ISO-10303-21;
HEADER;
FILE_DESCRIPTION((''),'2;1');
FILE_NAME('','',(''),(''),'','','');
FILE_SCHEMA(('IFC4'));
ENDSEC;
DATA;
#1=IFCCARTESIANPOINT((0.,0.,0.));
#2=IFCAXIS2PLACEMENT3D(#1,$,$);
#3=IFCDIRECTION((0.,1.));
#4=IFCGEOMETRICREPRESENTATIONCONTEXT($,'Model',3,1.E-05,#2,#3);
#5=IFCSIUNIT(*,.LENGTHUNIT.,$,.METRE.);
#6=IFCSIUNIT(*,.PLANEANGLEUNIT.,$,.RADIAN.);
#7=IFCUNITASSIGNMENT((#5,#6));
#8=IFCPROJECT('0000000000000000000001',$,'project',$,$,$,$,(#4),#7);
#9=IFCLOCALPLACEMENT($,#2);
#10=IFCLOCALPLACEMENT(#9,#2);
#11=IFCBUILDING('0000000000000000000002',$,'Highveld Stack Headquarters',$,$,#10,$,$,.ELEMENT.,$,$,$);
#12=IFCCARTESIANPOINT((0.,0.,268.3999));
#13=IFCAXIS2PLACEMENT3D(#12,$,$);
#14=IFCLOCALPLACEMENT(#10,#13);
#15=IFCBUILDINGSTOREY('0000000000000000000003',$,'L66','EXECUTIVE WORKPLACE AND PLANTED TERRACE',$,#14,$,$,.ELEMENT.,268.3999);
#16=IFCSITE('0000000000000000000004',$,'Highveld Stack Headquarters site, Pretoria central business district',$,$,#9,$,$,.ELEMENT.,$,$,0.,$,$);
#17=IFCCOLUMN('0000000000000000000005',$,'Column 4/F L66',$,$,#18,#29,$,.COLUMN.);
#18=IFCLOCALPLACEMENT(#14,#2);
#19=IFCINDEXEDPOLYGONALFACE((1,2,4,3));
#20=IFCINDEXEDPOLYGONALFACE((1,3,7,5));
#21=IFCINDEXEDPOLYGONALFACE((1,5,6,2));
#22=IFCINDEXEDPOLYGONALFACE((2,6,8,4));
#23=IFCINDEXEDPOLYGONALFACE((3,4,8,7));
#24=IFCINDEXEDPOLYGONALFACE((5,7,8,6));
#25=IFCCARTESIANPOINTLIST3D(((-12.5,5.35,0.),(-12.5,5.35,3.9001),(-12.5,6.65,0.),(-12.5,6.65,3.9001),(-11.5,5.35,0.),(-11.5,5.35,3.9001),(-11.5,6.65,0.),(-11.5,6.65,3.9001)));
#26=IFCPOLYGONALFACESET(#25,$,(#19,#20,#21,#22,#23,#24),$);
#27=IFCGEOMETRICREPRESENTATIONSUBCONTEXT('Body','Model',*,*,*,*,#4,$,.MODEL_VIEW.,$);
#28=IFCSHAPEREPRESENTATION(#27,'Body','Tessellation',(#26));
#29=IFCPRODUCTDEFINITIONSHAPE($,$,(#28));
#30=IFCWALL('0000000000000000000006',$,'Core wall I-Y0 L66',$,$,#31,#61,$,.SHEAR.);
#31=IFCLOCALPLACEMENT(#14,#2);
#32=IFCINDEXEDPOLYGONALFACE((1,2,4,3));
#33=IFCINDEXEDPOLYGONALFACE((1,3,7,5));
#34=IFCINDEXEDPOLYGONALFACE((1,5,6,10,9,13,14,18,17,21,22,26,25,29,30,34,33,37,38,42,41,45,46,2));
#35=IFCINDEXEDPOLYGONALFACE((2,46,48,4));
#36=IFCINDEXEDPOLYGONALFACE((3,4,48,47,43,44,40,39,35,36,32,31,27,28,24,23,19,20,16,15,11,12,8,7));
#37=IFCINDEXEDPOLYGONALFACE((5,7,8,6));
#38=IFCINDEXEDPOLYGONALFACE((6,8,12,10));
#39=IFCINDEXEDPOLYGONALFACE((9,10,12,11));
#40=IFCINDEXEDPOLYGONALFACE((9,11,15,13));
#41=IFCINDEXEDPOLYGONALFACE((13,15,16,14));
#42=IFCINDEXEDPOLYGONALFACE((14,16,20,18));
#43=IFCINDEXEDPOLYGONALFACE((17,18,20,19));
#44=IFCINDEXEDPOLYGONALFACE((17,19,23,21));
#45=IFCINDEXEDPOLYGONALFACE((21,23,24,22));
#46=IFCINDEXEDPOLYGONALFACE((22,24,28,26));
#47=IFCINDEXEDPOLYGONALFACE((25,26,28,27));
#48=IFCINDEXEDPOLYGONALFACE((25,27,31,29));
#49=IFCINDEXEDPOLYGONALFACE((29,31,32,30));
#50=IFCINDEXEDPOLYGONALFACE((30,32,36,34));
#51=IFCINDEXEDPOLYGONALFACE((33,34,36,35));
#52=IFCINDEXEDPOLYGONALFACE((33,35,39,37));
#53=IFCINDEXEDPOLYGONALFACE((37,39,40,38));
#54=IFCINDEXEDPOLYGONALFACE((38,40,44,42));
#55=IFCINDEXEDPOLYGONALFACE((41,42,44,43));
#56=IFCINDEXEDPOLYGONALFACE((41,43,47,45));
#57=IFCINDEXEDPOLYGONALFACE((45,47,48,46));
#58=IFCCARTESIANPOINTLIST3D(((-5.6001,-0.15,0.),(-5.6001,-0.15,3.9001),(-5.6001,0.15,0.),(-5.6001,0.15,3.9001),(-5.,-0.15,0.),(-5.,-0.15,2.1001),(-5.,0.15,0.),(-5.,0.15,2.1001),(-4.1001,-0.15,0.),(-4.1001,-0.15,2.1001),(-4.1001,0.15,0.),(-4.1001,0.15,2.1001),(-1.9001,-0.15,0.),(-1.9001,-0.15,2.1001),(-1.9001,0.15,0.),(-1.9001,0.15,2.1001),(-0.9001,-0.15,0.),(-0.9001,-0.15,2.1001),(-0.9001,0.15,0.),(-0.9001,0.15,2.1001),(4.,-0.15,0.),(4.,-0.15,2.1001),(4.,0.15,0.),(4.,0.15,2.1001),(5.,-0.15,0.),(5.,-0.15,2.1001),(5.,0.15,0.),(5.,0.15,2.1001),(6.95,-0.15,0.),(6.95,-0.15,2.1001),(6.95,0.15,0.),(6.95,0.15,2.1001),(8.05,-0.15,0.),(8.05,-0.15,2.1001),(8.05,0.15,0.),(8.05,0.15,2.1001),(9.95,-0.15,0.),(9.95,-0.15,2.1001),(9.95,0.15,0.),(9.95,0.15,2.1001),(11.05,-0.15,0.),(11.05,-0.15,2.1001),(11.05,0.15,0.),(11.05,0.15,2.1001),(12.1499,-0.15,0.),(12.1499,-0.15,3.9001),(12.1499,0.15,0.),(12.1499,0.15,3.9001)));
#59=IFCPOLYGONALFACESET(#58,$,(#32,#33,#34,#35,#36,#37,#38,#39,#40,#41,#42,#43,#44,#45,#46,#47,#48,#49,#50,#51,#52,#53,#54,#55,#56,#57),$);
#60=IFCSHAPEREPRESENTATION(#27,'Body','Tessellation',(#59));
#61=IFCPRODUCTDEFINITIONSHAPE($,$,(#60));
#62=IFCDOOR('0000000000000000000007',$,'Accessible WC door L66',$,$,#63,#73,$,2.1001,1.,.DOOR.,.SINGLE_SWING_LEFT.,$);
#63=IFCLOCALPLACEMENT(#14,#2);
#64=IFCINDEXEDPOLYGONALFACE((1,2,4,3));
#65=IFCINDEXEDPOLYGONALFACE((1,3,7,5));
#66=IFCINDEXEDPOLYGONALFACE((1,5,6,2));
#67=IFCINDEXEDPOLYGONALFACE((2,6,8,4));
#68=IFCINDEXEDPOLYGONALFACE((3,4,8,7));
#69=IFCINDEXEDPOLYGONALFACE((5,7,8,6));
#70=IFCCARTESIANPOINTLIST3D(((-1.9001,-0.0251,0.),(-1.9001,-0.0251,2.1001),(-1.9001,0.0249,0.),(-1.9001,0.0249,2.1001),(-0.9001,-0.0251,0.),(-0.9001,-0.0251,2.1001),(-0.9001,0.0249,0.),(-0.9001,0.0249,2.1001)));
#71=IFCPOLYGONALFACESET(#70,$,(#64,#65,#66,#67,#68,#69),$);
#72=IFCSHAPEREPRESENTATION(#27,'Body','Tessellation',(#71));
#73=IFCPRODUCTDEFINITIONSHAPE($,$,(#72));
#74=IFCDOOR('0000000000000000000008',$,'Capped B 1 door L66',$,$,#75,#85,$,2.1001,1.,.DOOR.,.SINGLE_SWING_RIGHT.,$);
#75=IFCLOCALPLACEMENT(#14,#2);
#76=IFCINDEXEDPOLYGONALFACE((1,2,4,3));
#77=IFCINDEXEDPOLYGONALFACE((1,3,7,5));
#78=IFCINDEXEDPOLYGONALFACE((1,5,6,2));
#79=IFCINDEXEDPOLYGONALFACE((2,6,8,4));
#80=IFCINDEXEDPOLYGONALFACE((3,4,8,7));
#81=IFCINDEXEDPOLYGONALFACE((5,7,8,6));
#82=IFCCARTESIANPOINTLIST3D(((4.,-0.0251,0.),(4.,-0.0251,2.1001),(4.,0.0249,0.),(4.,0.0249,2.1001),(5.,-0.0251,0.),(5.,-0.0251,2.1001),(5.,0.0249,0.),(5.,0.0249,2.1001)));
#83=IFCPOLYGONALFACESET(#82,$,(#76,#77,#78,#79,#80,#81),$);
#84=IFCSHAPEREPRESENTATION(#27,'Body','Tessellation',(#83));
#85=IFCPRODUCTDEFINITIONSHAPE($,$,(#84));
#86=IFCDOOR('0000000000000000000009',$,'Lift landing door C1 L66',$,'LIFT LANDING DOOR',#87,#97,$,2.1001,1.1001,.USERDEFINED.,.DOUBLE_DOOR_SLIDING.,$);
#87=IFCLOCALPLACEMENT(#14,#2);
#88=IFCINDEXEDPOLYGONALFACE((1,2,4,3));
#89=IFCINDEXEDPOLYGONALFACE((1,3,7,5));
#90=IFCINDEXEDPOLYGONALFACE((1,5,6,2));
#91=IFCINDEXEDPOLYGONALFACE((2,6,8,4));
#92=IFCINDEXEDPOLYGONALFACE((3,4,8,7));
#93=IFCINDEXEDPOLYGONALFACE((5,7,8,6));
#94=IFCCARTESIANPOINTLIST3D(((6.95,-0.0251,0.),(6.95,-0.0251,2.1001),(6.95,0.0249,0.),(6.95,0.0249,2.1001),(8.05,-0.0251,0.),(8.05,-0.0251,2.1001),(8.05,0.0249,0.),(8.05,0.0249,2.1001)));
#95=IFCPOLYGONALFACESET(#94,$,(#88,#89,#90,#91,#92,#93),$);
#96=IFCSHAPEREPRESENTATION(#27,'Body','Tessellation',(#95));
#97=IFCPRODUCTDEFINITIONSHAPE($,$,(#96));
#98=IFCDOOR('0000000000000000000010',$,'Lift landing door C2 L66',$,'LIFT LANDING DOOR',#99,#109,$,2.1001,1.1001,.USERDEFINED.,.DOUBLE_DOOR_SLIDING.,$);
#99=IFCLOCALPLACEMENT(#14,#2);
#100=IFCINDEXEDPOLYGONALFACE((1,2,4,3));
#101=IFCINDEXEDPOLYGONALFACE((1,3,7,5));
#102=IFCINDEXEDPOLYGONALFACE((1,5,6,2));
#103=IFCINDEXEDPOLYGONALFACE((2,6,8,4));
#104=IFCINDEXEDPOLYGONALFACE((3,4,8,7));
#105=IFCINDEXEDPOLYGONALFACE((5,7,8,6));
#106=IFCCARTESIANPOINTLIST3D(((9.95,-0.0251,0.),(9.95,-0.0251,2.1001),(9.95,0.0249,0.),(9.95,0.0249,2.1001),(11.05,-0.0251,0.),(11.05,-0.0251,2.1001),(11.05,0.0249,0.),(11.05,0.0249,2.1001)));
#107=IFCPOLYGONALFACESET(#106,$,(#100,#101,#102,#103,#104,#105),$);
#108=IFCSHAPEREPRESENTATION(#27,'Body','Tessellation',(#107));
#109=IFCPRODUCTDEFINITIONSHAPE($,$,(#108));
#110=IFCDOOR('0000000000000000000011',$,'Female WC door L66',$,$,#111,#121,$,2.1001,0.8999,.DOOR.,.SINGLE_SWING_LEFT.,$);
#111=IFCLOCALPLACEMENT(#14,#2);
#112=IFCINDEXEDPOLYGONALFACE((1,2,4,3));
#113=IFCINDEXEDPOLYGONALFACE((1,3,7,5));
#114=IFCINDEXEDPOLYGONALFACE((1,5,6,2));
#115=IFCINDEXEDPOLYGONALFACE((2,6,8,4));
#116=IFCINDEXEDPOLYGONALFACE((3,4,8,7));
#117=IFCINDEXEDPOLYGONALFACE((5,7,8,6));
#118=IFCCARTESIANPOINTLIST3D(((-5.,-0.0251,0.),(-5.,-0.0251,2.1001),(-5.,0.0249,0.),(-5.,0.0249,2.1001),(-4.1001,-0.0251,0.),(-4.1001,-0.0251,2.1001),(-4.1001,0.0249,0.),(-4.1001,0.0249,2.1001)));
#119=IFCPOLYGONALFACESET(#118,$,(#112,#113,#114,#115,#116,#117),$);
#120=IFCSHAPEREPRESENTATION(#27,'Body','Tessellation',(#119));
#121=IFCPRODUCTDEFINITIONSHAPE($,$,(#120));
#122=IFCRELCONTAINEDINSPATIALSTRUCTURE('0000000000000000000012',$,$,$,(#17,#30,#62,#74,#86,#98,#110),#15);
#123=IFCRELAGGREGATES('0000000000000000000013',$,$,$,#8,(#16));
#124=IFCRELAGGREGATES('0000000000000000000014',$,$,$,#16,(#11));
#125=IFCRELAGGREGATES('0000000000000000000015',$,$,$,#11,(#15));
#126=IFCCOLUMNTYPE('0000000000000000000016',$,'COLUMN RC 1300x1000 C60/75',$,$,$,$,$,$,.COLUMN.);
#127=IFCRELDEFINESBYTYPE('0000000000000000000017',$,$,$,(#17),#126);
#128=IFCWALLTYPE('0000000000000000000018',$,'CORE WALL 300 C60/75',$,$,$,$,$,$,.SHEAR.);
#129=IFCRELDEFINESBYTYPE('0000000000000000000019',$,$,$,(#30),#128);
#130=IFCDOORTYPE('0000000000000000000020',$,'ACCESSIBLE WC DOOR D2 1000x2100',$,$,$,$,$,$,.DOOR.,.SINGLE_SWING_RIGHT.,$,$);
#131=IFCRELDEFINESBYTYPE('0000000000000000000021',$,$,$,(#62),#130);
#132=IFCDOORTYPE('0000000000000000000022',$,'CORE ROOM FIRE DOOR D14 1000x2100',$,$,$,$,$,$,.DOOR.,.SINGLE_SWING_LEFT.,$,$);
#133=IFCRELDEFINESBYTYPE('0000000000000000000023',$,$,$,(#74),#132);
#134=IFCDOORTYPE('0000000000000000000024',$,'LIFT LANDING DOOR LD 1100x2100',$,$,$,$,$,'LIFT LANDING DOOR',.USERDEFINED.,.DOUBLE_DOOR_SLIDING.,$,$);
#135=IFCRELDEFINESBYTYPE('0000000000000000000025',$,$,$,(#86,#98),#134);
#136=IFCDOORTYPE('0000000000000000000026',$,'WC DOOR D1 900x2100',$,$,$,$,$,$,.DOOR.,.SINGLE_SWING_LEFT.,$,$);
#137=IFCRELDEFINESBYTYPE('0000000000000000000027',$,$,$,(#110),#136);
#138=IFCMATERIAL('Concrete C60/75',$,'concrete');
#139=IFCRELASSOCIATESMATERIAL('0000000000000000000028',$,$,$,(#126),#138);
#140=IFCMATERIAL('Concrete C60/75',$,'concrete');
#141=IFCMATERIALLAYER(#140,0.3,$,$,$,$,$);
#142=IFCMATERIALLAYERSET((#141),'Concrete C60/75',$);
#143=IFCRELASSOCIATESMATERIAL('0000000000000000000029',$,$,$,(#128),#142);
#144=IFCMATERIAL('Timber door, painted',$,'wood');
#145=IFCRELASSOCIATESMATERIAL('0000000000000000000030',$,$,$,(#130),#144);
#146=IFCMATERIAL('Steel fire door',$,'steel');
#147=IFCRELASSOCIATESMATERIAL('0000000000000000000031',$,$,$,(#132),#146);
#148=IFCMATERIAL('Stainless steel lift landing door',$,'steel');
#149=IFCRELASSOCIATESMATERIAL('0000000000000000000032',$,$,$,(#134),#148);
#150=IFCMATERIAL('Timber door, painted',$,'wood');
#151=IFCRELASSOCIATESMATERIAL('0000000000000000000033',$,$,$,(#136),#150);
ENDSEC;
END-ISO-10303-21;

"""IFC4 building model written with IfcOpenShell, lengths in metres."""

from ifc_helpers import new_model, si_unit, direction, frame, frame_2d, origin, origin_2d, place, context, subcontext, project, spatial, rectangle, extrude, material, layer, layer_set, material_profile, profile_set, type_object, element, fill, save


model = new_model("IFC4")

# Units and contexts
model_context = context("Model", 3, precision=1e-05, world=origin(), true_north=direction((0.0, 1.0)))
body_context = subcontext(model_context, "Body", "Model", "MODEL_VIEW")
ifc_project = project(units=[si_unit("LENGTHUNIT", "METRE"), si_unit("PLANEANGLEUNIT", "RADIAN")], contexts=[model_context])

# Site, building, storey
site_placement = place(None, origin())
site = spatial("IfcSite", under=ifc_project, at=site_placement, Name="Highveld Stack Headquarters site, Pretoria central business district", CompositionType="ELEMENT", RefElevation=0.0)
building_placement = place(site_placement, origin())
building = spatial("IfcBuilding", under=site, at=building_placement, Name="Highveld Stack Headquarters", CompositionType="ELEMENT")
storey_placement = place(building_placement, frame((0.0, 0.0, 268.3999)))
storey = spatial("IfcBuildingStorey", under=building, at=storey_placement, Name="L66", Description="EXECUTIVE WORKPLACE AND PLANTED TERRACE", CompositionType="ELEMENT", Elevation=268.3999)

# Column
ifc_material_1 = material(Name="Concrete C60/75", Category="concrete")
ifc_material_profile = material_profile(ifc_material_1, rectangle(XDim=1.3, YDim=1.0, at=origin_2d()), Name="RC 1300x1000")
ifc_profile_set = profile_set([ifc_material_profile], Name="Concrete C60/75")
column_type = type_object("IfcColumnType", Name="COLUMN RC 1300x1000 C60/75", PredefinedType="COLUMN", material=ifc_profile_set)
column_placement = place(storey_placement, frame((-12.0, 6.0, 0.0), z_axis=(0.0, 0.0, 1.0), x_axis=(0.0, 1.0, 0.0)))
element("IfcColumn", 1, at=column_placement, inside=storey, type_object=column_type, Name="Column 4/F L66", PredefinedType="COLUMN", context=body_context, shape_type="SweptSolid", body=[
    extrude(rectangle(XDim=1.3, YDim=1.0, at=origin_2d()), origin(), (0.0, 0.0, 1.0), 3.9001),
])

# Wall, openings, doors
ifc_material_2 = material(Name="Concrete C60/75", Category="concrete")
ifc_layer_1 = layer(ifc_material_2, 0.3)
ifc_layer_set_1 = layer_set([ifc_layer_1], Name="Concrete C60/75")
wall_type_1 = type_object("IfcWallType", Name="CORE WALL 300 C60/75", PredefinedType="SHEAR", material=ifc_layer_set_1)
wall_1_placement = place(storey_placement, frame((-5.6001, 0.0, 0.0), z_axis=(0.0, 0.0, 1.0), x_axis=(1.0, 0.0, 0.0)))
wall_1 = element("IfcWall", 2, at=wall_1_placement, inside=storey, type_object=wall_type_1, Name="Core wall I-Y0 L66", PredefinedType="SHEAR", context=body_context, shape_type="SweptSolid", body=[
    extrude(rectangle(XDim=17.75, YDim=0.3, at=frame_2d((8.875, 0.0))), origin(), (0.0, 0.0, 1.0), 3.9001),
])
opening_1_placement = place(wall_1_placement, frame((0.6001, 0.0, 0.0)))
opening_1 = element("IfcOpeningElement", 3, at=opening_1_placement, cuts=wall_1, PredefinedType="OPENING", context=body_context, shape_type="SweptSolid", body=[
    extrude(rectangle(XDim=0.8999, YDim=2.1001, at=frame_2d((0.45, 1.05))), frame((0.0, 0.1599, 0.0), z_axis=(0.0, -1.0, 0.0), x_axis=(1.0, 0.0, 0.0)), (0.0, 0.0, 1.0), 0.3201),
])
opening_2_placement = place(wall_1_placement, frame((3.7, 0.0, 0.0)))
opening_2 = element("IfcOpeningElement", 4, at=opening_2_placement, cuts=wall_1, PredefinedType="OPENING", context=body_context, shape_type="SweptSolid", body=[
    extrude(rectangle(XDim=1.0, YDim=2.1001, at=frame_2d((0.5, 1.05))), frame((0.0, 0.1599, 0.0), z_axis=(0.0, -1.0, 0.0), x_axis=(1.0, 0.0, 0.0)), (0.0, 0.0, 1.0), 0.3201),
])
opening_3_placement = place(wall_1_placement, frame((9.6001, 0.0, 0.0)))
opening_3 = element("IfcOpeningElement", 5, at=opening_3_placement, cuts=wall_1, PredefinedType="OPENING", context=body_context, shape_type="SweptSolid", body=[
    extrude(rectangle(XDim=1.0, YDim=2.1001, at=frame_2d((0.5, 1.05))), frame((0.0, 0.1599, 0.0), z_axis=(0.0, -1.0, 0.0), x_axis=(1.0, 0.0, 0.0)), (0.0, 0.0, 1.0), 0.3201),
])
opening_4_placement = place(wall_1_placement, frame((12.55, 0.0, 0.0)))
opening_4 = element("IfcOpeningElement", 6, at=opening_4_placement, cuts=wall_1, PredefinedType="OPENING", context=body_context, shape_type="SweptSolid", body=[
    extrude(rectangle(XDim=1.1001, YDim=2.1001, at=frame_2d((0.55, 1.05))), frame((0.0, 0.1599, 0.0), z_axis=(0.0, -1.0, 0.0), x_axis=(1.0, 0.0, 0.0)), (0.0, 0.0, 1.0), 0.3201),
])
opening_5_placement = place(wall_1_placement, frame((15.55, 0.0, 0.0)))
opening_5 = element("IfcOpeningElement", 7, at=opening_5_placement, cuts=wall_1, PredefinedType="OPENING", context=body_context, shape_type="SweptSolid", body=[
    extrude(rectangle(XDim=1.1001, YDim=2.1001, at=frame_2d((0.55, 1.05))), frame((0.0, 0.1599, 0.0), z_axis=(0.0, -1.0, 0.0), x_axis=(1.0, 0.0, 0.0)), (0.0, 0.0, 1.0), 0.3201),
])
ifc_material_3 = material(Name="Timber door, painted", Category="wood")
door_type_1 = type_object("IfcDoorType", Name="ACCESSIBLE WC DOOR D2 1000x2100", OperationType="SINGLE_SWING_RIGHT", PredefinedType="DOOR", material=ifc_material_3)
door_1_placement = place(opening_2_placement, origin())
door_1 = element("IfcDoor", 8, at=door_1_placement, inside=storey, type_object=door_type_1, Name="Accessible WC door L66", OperationType="SINGLE_SWING_LEFT", OverallHeight=2.1001, OverallWidth=1.0, PredefinedType="DOOR", context=body_context, shape_type="SweptSolid", body=[
    extrude(rectangle(XDim=1.0, YDim=2.1001, at=frame_2d((0.5, 1.05))), frame((0.0, 0.0249, 0.0), z_axis=(0.0, -1.0, 0.0), x_axis=(1.0, 0.0, 0.0)), (0.0, 0.0, 1.0), 0.05),
])
fill(opening_2, door_1)
ifc_material_4 = material(Name="Steel fire door", Category="steel")
door_type_2 = type_object("IfcDoorType", Name="CORE ROOM FIRE DOOR D14 1000x2100", OperationType="SINGLE_SWING_LEFT", PredefinedType="DOOR", material=ifc_material_4)
door_2_placement = place(opening_3_placement, origin())
door_2 = element("IfcDoor", 9, at=door_2_placement, inside=storey, type_object=door_type_2, Name="Capped B 1 door L66", OperationType="SINGLE_SWING_RIGHT", OverallHeight=2.1001, OverallWidth=1.0, PredefinedType="DOOR", context=body_context, shape_type="SweptSolid", body=[
    extrude(rectangle(XDim=1.0, YDim=2.1001, at=frame_2d((0.5, 1.05))), frame((0.0, 0.0249, 0.0), z_axis=(0.0, -1.0, 0.0), x_axis=(1.0, 0.0, 0.0)), (0.0, 0.0, 1.0), 0.05),
])
fill(opening_3, door_2)
ifc_material_5 = material(Name="Stainless steel lift landing door", Category="steel")
door_type_3 = type_object("IfcDoorType", Name="LIFT LANDING DOOR LD 1100x2100", ElementType="LIFT LANDING DOOR", OperationType="DOUBLE_DOOR_SLIDING", PredefinedType="USERDEFINED", material=ifc_material_5)
door_3_placement = place(opening_4_placement, origin())
door_3 = element("IfcDoor", 10, at=door_3_placement, inside=storey, type_object=door_type_3, Name="Lift landing door C1 L66", ObjectType="LIFT LANDING DOOR", OperationType="DOUBLE_DOOR_SLIDING", OverallHeight=2.1001, OverallWidth=1.1001, PredefinedType="USERDEFINED", context=body_context, shape_type="SweptSolid", body=[
    extrude(rectangle(XDim=1.1001, YDim=2.1001, at=frame_2d((0.55, 1.05))), frame((0.0, 0.0249, 0.0), z_axis=(0.0, -1.0, 0.0), x_axis=(1.0, 0.0, 0.0)), (0.0, 0.0, 1.0), 0.05),
])
fill(opening_4, door_3)
door_4_placement = place(opening_5_placement, origin())
door_4 = element("IfcDoor", 11, at=door_4_placement, inside=storey, type_object=door_type_3, Name="Lift landing door C2 L66", ObjectType="LIFT LANDING DOOR", OperationType="DOUBLE_DOOR_SLIDING", OverallHeight=2.1001, OverallWidth=1.1001, PredefinedType="USERDEFINED", context=body_context, shape_type="SweptSolid", body=[
    extrude(rectangle(XDim=1.1001, YDim=2.1001, at=frame_2d((0.55, 1.05))), frame((0.0, 0.0249, 0.0), z_axis=(0.0, -1.0, 0.0), x_axis=(1.0, 0.0, 0.0)), (0.0, 0.0, 1.0), 0.05),
])
fill(opening_5, door_4)
ifc_material_6 = material(Name="Timber door, painted", Category="wood")
door_type_4 = type_object("IfcDoorType", Name="WC DOOR D1 900x2100", OperationType="SINGLE_SWING_LEFT", PredefinedType="DOOR", material=ifc_material_6)
door_5_placement = place(opening_1_placement, origin())
door_5 = element("IfcDoor", 12, at=door_5_placement, inside=storey, type_object=door_type_4, Name="Female WC door L66", OperationType="SINGLE_SWING_LEFT", OverallHeight=2.1001, OverallWidth=0.8999, PredefinedType="DOOR", context=body_context, shape_type="SweptSolid", body=[
    extrude(rectangle(XDim=0.8999, YDim=2.1001, at=frame_2d((0.45, 1.05))), frame((0.0, 0.0249, 0.0), z_axis=(0.0, -1.0, 0.0), x_axis=(1.0, 0.0, 0.0)), (0.0, 0.0, 1.0), 0.05),
])
fill(opening_1, door_5)

save(model, "model.ifc")
